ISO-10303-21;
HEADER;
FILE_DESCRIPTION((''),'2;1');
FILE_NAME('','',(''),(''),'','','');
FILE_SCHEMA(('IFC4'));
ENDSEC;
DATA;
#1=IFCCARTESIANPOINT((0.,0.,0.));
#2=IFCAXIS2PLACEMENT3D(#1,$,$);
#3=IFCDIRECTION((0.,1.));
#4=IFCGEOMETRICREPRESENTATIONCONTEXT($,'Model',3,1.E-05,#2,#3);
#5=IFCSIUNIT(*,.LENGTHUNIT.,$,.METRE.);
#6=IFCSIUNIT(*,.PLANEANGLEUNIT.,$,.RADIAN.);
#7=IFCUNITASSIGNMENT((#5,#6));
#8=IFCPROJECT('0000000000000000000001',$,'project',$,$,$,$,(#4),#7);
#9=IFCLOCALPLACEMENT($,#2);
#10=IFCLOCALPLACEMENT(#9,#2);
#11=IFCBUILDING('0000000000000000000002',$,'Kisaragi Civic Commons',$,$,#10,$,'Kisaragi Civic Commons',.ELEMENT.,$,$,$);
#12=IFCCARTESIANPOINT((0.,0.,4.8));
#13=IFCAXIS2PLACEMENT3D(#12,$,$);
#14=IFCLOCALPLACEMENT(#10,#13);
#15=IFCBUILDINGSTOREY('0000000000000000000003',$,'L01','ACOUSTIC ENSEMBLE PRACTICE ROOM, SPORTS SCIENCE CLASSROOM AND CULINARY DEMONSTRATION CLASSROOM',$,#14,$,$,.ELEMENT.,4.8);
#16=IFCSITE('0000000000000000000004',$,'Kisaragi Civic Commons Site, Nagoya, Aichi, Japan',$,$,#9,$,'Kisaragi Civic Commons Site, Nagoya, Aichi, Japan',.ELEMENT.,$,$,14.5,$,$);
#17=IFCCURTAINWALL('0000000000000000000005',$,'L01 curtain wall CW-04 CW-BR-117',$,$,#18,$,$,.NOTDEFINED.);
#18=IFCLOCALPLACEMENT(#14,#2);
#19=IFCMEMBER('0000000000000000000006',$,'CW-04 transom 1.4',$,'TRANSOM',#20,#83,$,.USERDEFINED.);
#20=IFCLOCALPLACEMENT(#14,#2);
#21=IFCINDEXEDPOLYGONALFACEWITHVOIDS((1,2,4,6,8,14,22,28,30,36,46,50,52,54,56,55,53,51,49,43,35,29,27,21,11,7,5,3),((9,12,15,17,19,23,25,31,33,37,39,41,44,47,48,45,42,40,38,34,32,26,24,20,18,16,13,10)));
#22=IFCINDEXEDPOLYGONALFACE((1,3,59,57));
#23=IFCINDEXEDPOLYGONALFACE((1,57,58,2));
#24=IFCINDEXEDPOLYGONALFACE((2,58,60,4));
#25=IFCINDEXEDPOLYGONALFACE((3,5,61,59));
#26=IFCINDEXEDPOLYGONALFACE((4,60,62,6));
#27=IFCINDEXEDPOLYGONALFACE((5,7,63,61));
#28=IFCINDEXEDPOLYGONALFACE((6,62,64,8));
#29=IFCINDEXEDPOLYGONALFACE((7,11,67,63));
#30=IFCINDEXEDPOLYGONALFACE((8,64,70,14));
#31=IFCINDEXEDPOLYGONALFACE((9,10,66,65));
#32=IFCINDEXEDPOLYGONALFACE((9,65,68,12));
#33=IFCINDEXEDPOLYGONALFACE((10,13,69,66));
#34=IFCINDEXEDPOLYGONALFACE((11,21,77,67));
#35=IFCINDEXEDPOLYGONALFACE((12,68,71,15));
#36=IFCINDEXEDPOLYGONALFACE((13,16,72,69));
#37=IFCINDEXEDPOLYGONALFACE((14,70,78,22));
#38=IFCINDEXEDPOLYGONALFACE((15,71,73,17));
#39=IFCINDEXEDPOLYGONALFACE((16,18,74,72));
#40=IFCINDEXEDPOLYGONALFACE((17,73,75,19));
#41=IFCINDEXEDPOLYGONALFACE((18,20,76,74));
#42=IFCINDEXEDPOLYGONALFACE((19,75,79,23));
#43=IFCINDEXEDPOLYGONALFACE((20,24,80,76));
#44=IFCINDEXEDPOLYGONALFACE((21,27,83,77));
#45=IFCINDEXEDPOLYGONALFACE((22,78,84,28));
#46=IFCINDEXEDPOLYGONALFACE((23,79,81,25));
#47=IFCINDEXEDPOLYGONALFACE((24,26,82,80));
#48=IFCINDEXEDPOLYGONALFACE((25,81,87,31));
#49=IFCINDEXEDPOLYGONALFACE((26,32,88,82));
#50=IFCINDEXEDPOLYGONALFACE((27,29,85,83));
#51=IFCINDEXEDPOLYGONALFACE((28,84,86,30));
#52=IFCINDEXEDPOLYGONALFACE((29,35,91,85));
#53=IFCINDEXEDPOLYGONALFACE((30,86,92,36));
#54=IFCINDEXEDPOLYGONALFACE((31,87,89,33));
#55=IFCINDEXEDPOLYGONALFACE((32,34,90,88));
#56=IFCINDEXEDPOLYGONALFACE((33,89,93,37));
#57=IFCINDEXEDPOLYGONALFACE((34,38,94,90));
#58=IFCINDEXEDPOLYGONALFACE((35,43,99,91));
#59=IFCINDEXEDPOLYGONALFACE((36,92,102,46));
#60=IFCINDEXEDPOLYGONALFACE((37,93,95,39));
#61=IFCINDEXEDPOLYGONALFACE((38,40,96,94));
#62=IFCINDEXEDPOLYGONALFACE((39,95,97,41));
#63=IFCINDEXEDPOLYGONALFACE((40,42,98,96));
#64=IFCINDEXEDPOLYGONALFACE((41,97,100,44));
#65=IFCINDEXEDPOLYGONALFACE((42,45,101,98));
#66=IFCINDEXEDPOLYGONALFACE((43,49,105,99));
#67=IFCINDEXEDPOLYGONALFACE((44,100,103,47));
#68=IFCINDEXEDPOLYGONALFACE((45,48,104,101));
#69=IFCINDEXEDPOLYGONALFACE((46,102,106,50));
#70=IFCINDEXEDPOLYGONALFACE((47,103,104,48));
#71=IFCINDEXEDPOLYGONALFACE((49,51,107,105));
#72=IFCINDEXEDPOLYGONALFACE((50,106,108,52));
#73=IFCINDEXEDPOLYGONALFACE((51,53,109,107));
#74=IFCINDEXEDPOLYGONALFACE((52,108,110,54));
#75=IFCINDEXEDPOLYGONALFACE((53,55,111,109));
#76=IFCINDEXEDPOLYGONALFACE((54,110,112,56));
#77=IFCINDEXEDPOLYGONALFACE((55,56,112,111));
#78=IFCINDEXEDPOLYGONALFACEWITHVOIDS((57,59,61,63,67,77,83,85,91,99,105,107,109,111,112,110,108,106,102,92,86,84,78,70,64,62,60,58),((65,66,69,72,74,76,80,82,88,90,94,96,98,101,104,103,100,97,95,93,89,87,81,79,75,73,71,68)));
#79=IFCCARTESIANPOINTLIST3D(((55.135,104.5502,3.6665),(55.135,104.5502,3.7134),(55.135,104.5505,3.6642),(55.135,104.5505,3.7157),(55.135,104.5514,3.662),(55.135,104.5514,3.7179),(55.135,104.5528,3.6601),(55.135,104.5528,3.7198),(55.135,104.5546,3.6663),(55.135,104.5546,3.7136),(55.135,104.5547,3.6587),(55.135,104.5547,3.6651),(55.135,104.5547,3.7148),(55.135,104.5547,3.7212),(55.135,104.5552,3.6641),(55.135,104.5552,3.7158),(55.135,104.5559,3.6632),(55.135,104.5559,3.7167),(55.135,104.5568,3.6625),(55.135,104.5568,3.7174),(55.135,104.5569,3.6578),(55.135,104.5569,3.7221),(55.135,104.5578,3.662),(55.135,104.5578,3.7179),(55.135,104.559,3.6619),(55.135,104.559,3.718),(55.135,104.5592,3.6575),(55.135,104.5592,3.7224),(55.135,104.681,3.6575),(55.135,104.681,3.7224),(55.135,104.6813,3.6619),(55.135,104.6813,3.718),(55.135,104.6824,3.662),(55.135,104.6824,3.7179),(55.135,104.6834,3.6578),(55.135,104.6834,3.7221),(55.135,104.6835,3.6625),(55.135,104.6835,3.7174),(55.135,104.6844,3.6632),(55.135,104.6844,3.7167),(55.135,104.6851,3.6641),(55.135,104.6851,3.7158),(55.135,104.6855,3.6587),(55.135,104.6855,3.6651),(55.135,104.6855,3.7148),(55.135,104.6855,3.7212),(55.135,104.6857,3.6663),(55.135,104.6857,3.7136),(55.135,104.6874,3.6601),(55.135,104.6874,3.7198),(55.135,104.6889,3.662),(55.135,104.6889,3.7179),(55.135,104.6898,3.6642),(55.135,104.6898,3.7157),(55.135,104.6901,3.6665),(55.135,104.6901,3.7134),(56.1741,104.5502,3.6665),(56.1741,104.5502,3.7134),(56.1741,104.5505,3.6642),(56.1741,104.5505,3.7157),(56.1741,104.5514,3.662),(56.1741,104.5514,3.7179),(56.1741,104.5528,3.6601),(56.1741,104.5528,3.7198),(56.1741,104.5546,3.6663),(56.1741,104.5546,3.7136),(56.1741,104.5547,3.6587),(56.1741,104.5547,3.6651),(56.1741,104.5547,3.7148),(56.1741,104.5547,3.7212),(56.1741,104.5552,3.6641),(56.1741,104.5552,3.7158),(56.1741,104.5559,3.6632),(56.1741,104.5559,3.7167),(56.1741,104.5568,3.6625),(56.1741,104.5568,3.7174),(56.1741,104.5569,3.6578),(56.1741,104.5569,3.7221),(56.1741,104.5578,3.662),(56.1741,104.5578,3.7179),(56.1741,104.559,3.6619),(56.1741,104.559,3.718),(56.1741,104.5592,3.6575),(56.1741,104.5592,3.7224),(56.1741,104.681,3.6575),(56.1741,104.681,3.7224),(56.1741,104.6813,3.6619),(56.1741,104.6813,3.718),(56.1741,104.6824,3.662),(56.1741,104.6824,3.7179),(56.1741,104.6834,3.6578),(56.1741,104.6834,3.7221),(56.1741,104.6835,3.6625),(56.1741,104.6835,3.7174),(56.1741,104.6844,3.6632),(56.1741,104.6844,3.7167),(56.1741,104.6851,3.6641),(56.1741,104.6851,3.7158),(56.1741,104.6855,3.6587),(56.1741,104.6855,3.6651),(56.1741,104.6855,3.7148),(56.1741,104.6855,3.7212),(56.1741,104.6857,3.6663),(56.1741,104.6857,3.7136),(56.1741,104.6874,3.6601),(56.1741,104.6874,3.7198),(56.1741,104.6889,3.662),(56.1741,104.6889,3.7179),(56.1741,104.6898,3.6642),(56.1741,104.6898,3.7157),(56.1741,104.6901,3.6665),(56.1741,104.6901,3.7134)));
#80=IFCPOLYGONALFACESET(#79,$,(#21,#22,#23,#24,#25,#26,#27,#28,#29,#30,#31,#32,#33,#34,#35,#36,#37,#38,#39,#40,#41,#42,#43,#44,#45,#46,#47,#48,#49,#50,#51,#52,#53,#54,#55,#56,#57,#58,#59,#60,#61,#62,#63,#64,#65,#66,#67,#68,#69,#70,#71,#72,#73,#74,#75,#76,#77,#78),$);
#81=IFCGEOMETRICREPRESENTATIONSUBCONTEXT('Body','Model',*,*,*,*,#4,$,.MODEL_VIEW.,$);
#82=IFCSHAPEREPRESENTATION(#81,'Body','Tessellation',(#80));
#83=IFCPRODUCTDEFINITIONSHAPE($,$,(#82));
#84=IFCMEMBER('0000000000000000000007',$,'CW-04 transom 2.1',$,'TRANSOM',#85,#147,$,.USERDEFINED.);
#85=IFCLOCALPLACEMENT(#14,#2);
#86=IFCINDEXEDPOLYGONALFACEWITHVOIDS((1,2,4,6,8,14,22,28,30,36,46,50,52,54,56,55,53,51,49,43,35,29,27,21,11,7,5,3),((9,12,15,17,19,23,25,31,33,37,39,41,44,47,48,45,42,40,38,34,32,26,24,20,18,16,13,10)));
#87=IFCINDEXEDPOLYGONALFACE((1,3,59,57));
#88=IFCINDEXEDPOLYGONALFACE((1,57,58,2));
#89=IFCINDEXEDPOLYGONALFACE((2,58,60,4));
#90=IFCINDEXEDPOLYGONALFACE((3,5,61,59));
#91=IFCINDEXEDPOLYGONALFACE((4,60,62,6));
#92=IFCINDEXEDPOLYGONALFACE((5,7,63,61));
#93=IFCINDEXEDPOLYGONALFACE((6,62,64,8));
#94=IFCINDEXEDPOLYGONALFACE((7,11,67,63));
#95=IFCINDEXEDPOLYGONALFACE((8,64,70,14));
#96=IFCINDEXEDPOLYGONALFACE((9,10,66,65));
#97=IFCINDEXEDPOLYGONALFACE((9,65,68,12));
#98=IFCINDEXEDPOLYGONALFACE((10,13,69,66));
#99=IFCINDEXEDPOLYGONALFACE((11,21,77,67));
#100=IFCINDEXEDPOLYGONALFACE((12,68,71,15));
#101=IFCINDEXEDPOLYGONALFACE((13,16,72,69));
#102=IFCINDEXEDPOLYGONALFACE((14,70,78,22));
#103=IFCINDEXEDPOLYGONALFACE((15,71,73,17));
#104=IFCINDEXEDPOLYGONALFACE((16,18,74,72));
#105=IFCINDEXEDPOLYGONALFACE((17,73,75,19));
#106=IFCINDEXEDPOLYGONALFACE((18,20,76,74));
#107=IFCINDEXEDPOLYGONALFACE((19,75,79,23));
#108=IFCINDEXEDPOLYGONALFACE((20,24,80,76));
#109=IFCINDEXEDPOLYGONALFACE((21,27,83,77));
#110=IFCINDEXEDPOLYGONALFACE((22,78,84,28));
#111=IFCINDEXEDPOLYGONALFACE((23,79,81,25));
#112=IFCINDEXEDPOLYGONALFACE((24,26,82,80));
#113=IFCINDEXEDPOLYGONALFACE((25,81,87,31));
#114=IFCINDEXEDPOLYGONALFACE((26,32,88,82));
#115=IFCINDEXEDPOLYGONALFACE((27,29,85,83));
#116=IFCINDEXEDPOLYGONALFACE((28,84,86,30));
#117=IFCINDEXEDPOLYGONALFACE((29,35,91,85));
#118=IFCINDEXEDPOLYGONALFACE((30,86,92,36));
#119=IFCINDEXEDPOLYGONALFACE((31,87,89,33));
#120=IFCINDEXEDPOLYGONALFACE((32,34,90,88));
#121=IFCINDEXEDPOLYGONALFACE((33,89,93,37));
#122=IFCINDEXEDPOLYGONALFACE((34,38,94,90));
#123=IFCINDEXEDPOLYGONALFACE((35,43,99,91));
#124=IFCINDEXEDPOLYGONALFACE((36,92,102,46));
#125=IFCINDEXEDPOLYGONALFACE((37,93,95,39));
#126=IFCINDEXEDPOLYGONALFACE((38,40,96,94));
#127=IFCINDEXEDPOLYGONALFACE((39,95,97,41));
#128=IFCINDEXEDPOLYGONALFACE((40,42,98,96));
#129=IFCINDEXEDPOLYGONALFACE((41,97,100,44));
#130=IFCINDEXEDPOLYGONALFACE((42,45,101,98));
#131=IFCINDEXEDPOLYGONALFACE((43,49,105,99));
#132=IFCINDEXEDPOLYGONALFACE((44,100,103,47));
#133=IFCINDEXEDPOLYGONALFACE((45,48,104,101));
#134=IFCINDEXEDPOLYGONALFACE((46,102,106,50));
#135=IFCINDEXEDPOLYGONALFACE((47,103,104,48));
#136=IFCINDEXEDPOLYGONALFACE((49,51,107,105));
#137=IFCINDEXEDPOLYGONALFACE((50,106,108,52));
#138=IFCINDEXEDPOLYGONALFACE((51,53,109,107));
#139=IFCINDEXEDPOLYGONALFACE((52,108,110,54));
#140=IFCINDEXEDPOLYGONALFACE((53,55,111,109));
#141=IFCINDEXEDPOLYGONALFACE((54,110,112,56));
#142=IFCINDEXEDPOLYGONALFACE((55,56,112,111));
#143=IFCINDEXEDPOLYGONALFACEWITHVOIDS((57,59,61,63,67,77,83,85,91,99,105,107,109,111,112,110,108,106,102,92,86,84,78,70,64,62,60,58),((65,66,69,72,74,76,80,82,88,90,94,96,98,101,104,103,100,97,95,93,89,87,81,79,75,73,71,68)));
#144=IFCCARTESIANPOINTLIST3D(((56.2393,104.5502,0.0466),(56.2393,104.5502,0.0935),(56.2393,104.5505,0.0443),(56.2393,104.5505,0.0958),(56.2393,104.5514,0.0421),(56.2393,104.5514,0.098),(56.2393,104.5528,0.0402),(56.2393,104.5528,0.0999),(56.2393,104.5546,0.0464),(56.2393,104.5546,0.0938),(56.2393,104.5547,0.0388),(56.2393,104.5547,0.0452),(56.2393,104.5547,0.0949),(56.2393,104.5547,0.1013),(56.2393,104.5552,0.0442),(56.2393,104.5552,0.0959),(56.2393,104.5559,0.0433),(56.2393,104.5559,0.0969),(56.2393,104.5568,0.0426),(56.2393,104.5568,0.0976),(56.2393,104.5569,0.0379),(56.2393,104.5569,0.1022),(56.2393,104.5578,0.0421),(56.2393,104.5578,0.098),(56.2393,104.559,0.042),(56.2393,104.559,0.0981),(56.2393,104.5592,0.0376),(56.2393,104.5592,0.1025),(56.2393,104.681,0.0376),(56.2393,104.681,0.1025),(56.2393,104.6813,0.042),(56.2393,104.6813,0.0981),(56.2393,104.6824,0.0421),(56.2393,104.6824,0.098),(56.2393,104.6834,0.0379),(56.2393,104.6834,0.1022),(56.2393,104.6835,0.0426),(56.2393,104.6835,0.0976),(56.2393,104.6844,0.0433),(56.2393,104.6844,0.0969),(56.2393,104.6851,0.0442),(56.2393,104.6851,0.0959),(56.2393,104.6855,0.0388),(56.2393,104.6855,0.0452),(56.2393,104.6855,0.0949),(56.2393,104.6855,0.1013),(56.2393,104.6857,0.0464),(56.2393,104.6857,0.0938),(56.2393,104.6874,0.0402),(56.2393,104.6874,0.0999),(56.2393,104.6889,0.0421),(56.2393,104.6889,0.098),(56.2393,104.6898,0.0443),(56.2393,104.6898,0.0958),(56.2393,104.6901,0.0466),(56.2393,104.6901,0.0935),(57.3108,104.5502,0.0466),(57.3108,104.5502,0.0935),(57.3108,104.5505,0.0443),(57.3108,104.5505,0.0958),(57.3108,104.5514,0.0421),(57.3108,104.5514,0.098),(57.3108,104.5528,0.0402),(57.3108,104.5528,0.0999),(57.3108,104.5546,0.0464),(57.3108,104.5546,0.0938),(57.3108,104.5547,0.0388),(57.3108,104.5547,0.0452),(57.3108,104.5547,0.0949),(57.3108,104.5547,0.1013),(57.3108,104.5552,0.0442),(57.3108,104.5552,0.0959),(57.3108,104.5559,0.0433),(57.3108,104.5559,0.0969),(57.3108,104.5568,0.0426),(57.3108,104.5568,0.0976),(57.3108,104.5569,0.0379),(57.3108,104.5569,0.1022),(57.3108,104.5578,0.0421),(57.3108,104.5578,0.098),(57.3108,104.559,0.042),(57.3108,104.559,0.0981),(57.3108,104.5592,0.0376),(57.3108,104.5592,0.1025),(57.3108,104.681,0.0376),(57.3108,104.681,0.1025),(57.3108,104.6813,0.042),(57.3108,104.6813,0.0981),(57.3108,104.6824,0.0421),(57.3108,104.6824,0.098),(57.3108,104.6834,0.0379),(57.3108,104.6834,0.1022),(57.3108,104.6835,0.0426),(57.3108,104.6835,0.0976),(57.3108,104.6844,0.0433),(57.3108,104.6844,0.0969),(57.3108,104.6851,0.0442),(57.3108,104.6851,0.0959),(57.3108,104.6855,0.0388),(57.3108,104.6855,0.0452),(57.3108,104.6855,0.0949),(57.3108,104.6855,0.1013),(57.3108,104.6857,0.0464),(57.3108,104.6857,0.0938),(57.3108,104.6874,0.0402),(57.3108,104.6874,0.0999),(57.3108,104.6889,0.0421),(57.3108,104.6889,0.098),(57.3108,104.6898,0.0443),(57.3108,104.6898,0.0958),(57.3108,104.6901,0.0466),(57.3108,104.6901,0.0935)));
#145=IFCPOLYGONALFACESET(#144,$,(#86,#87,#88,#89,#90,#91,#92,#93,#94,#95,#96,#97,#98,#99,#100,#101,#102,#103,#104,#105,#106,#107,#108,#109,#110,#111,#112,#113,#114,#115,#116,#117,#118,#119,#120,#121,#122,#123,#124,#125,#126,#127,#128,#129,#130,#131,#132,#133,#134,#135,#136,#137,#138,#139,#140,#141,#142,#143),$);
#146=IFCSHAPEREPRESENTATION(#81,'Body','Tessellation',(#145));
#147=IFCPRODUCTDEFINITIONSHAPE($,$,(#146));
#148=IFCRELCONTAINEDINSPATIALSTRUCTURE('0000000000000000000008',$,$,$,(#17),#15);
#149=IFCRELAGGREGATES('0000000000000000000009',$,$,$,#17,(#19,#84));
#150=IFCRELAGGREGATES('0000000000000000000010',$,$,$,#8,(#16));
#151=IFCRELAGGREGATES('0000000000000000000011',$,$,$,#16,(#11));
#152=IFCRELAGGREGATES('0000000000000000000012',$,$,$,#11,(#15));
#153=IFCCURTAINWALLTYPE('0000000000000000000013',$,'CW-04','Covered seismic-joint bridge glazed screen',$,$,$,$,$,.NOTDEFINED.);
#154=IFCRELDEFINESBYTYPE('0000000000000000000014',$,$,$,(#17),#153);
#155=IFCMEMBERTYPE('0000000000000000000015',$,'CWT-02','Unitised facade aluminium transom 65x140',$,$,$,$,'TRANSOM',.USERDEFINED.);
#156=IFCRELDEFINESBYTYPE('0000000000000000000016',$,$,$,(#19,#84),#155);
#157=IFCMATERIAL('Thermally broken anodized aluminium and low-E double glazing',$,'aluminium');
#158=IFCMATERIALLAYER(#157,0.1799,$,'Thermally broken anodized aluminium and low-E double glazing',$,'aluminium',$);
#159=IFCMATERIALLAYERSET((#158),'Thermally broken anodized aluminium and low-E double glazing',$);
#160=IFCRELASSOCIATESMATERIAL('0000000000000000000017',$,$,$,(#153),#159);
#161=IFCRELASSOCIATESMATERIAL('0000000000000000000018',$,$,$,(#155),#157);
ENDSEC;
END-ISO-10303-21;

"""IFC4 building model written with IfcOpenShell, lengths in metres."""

from ifc_helpers import new_model, si_unit, direction, frame, origin, origin_2d, place, context, subcontext, project, spatial, hollow_rectangle, extrude, material, layer, layer_set, material_profile, profile_set, type_object, element, aggregate, save


model = new_model("IFC4")

# Units and contexts
model_context = context("Model", 3, precision=1e-05, world=origin(), true_north=direction((0.0, 1.0)))
body_context = subcontext(model_context, "Body", "Model", "MODEL_VIEW")
ifc_project = project(units=[si_unit("LENGTHUNIT", "METRE"), si_unit("PLANEANGLEUNIT", "RADIAN")], contexts=[model_context])

# Site, building, storey
site_placement = place(None, origin())
site = spatial("IfcSite", under=ifc_project, at=site_placement, Name="Kisaragi Civic Commons Site, Nagoya, Aichi, Japan", LongName="Kisaragi Civic Commons Site, Nagoya, Aichi, Japan", CompositionType="ELEMENT", RefElevation=14.5)
building_placement = place(site_placement, origin())
building = spatial("IfcBuilding", under=site, at=building_placement, Name="Kisaragi Civic Commons", LongName="Kisaragi Civic Commons", CompositionType="ELEMENT")
storey_placement = place(building_placement, frame((0.0, 0.0, 4.8)))
storey = spatial("IfcBuildingStorey", under=building, at=storey_placement, Name="L01", Description="ACOUSTIC ENSEMBLE PRACTICE ROOM, SPORTS SCIENCE CLASSROOM AND CULINARY DEMONSTRATION CLASSROOM", CompositionType="ELEMENT", Elevation=4.8)

# Curtain wall, members
ifc_material_1 = material(Name="Thermally broken anodized aluminium and low-E double glazing", Category="aluminium")
ifc_layer_1 = layer(ifc_material_1, 0.1799, Name="Thermally broken anodized aluminium and low-E double glazing", Category="aluminium")
ifc_layer_set_1 = layer_set([ifc_layer_1], Name="Thermally broken anodized aluminium and low-E double glazing")
curtain_wall_type = type_object("IfcCurtainWallType", Name="CW-04", Description="Covered seismic-joint bridge glazed screen", PredefinedType="NOTDEFINED", material=ifc_layer_set_1)
curtain_wall_placement = place(storey_placement, origin())
curtain_wall = element("IfcCurtainWall", 1, at=curtain_wall_placement, inside=storey, type_object=curtain_wall_type, Name="L01 curtain wall CW-04 CW-BR-117", PredefinedType="NOTDEFINED")
ifc_material_profile_1 = material_profile(ifc_material_1, hollow_rectangle(XDim=0.1399, YDim=0.0649, WallThickness=0.0044, InnerFilletRadius=0.0044, OuterFilletRadius=0.009, at=origin_2d()), Name="CWT-65x140x4.5", Category="aluminium")
ifc_profile_set_1 = profile_set([ifc_material_profile_1], Name="Thermally broken anodized aluminium and low-E double glazing")
member_type_1 = type_object("IfcMemberType", Name="CWT-02", Description="Unitised facade aluminium transom 65x140", ElementType="TRANSOM", PredefinedType="USERDEFINED", material=ifc_profile_set_1)
member_1_placement = place(storey_placement, frame((55.135, 104.6201, 3.6899), z_axis=(1.0, 0.0, 0.0), x_axis=(0.0, 1.0, 0.0)))
member_1 = element("IfcMember", 2, at=member_1_placement, type_object=member_type_1, Name="CW-04 transom 1.4", ObjectType="TRANSOM", PredefinedType="USERDEFINED", context=body_context, shape_type="SweptSolid", body=[
    extrude(hollow_rectangle(XDim=0.1399, YDim=0.0649, WallThickness=0.0044, InnerFilletRadius=0.0044, OuterFilletRadius=0.009, at=origin_2d()), origin(), (0.0, 0.0, 1.0), 1.0391),
])
member_2_placement = place(storey_placement, frame((56.2393, 104.6201, 0.0701), z_axis=(1.0, 0.0, 0.0), x_axis=(0.0, 1.0, 0.0)))
member_2 = element("IfcMember", 3, at=member_2_placement, type_object=member_type_1, Name="CW-04 transom 2.1", ObjectType="TRANSOM", PredefinedType="USERDEFINED", context=body_context, shape_type="SweptSolid", body=[
    extrude(hollow_rectangle(XDim=0.1399, YDim=0.0649, WallThickness=0.0044, InnerFilletRadius=0.0044, OuterFilletRadius=0.009, at=origin_2d()), origin(), (0.0, 0.0, 1.0), 1.0715),
])

aggregate(curtain_wall, [member_1, member_2])

save(model, "model.ifc")
